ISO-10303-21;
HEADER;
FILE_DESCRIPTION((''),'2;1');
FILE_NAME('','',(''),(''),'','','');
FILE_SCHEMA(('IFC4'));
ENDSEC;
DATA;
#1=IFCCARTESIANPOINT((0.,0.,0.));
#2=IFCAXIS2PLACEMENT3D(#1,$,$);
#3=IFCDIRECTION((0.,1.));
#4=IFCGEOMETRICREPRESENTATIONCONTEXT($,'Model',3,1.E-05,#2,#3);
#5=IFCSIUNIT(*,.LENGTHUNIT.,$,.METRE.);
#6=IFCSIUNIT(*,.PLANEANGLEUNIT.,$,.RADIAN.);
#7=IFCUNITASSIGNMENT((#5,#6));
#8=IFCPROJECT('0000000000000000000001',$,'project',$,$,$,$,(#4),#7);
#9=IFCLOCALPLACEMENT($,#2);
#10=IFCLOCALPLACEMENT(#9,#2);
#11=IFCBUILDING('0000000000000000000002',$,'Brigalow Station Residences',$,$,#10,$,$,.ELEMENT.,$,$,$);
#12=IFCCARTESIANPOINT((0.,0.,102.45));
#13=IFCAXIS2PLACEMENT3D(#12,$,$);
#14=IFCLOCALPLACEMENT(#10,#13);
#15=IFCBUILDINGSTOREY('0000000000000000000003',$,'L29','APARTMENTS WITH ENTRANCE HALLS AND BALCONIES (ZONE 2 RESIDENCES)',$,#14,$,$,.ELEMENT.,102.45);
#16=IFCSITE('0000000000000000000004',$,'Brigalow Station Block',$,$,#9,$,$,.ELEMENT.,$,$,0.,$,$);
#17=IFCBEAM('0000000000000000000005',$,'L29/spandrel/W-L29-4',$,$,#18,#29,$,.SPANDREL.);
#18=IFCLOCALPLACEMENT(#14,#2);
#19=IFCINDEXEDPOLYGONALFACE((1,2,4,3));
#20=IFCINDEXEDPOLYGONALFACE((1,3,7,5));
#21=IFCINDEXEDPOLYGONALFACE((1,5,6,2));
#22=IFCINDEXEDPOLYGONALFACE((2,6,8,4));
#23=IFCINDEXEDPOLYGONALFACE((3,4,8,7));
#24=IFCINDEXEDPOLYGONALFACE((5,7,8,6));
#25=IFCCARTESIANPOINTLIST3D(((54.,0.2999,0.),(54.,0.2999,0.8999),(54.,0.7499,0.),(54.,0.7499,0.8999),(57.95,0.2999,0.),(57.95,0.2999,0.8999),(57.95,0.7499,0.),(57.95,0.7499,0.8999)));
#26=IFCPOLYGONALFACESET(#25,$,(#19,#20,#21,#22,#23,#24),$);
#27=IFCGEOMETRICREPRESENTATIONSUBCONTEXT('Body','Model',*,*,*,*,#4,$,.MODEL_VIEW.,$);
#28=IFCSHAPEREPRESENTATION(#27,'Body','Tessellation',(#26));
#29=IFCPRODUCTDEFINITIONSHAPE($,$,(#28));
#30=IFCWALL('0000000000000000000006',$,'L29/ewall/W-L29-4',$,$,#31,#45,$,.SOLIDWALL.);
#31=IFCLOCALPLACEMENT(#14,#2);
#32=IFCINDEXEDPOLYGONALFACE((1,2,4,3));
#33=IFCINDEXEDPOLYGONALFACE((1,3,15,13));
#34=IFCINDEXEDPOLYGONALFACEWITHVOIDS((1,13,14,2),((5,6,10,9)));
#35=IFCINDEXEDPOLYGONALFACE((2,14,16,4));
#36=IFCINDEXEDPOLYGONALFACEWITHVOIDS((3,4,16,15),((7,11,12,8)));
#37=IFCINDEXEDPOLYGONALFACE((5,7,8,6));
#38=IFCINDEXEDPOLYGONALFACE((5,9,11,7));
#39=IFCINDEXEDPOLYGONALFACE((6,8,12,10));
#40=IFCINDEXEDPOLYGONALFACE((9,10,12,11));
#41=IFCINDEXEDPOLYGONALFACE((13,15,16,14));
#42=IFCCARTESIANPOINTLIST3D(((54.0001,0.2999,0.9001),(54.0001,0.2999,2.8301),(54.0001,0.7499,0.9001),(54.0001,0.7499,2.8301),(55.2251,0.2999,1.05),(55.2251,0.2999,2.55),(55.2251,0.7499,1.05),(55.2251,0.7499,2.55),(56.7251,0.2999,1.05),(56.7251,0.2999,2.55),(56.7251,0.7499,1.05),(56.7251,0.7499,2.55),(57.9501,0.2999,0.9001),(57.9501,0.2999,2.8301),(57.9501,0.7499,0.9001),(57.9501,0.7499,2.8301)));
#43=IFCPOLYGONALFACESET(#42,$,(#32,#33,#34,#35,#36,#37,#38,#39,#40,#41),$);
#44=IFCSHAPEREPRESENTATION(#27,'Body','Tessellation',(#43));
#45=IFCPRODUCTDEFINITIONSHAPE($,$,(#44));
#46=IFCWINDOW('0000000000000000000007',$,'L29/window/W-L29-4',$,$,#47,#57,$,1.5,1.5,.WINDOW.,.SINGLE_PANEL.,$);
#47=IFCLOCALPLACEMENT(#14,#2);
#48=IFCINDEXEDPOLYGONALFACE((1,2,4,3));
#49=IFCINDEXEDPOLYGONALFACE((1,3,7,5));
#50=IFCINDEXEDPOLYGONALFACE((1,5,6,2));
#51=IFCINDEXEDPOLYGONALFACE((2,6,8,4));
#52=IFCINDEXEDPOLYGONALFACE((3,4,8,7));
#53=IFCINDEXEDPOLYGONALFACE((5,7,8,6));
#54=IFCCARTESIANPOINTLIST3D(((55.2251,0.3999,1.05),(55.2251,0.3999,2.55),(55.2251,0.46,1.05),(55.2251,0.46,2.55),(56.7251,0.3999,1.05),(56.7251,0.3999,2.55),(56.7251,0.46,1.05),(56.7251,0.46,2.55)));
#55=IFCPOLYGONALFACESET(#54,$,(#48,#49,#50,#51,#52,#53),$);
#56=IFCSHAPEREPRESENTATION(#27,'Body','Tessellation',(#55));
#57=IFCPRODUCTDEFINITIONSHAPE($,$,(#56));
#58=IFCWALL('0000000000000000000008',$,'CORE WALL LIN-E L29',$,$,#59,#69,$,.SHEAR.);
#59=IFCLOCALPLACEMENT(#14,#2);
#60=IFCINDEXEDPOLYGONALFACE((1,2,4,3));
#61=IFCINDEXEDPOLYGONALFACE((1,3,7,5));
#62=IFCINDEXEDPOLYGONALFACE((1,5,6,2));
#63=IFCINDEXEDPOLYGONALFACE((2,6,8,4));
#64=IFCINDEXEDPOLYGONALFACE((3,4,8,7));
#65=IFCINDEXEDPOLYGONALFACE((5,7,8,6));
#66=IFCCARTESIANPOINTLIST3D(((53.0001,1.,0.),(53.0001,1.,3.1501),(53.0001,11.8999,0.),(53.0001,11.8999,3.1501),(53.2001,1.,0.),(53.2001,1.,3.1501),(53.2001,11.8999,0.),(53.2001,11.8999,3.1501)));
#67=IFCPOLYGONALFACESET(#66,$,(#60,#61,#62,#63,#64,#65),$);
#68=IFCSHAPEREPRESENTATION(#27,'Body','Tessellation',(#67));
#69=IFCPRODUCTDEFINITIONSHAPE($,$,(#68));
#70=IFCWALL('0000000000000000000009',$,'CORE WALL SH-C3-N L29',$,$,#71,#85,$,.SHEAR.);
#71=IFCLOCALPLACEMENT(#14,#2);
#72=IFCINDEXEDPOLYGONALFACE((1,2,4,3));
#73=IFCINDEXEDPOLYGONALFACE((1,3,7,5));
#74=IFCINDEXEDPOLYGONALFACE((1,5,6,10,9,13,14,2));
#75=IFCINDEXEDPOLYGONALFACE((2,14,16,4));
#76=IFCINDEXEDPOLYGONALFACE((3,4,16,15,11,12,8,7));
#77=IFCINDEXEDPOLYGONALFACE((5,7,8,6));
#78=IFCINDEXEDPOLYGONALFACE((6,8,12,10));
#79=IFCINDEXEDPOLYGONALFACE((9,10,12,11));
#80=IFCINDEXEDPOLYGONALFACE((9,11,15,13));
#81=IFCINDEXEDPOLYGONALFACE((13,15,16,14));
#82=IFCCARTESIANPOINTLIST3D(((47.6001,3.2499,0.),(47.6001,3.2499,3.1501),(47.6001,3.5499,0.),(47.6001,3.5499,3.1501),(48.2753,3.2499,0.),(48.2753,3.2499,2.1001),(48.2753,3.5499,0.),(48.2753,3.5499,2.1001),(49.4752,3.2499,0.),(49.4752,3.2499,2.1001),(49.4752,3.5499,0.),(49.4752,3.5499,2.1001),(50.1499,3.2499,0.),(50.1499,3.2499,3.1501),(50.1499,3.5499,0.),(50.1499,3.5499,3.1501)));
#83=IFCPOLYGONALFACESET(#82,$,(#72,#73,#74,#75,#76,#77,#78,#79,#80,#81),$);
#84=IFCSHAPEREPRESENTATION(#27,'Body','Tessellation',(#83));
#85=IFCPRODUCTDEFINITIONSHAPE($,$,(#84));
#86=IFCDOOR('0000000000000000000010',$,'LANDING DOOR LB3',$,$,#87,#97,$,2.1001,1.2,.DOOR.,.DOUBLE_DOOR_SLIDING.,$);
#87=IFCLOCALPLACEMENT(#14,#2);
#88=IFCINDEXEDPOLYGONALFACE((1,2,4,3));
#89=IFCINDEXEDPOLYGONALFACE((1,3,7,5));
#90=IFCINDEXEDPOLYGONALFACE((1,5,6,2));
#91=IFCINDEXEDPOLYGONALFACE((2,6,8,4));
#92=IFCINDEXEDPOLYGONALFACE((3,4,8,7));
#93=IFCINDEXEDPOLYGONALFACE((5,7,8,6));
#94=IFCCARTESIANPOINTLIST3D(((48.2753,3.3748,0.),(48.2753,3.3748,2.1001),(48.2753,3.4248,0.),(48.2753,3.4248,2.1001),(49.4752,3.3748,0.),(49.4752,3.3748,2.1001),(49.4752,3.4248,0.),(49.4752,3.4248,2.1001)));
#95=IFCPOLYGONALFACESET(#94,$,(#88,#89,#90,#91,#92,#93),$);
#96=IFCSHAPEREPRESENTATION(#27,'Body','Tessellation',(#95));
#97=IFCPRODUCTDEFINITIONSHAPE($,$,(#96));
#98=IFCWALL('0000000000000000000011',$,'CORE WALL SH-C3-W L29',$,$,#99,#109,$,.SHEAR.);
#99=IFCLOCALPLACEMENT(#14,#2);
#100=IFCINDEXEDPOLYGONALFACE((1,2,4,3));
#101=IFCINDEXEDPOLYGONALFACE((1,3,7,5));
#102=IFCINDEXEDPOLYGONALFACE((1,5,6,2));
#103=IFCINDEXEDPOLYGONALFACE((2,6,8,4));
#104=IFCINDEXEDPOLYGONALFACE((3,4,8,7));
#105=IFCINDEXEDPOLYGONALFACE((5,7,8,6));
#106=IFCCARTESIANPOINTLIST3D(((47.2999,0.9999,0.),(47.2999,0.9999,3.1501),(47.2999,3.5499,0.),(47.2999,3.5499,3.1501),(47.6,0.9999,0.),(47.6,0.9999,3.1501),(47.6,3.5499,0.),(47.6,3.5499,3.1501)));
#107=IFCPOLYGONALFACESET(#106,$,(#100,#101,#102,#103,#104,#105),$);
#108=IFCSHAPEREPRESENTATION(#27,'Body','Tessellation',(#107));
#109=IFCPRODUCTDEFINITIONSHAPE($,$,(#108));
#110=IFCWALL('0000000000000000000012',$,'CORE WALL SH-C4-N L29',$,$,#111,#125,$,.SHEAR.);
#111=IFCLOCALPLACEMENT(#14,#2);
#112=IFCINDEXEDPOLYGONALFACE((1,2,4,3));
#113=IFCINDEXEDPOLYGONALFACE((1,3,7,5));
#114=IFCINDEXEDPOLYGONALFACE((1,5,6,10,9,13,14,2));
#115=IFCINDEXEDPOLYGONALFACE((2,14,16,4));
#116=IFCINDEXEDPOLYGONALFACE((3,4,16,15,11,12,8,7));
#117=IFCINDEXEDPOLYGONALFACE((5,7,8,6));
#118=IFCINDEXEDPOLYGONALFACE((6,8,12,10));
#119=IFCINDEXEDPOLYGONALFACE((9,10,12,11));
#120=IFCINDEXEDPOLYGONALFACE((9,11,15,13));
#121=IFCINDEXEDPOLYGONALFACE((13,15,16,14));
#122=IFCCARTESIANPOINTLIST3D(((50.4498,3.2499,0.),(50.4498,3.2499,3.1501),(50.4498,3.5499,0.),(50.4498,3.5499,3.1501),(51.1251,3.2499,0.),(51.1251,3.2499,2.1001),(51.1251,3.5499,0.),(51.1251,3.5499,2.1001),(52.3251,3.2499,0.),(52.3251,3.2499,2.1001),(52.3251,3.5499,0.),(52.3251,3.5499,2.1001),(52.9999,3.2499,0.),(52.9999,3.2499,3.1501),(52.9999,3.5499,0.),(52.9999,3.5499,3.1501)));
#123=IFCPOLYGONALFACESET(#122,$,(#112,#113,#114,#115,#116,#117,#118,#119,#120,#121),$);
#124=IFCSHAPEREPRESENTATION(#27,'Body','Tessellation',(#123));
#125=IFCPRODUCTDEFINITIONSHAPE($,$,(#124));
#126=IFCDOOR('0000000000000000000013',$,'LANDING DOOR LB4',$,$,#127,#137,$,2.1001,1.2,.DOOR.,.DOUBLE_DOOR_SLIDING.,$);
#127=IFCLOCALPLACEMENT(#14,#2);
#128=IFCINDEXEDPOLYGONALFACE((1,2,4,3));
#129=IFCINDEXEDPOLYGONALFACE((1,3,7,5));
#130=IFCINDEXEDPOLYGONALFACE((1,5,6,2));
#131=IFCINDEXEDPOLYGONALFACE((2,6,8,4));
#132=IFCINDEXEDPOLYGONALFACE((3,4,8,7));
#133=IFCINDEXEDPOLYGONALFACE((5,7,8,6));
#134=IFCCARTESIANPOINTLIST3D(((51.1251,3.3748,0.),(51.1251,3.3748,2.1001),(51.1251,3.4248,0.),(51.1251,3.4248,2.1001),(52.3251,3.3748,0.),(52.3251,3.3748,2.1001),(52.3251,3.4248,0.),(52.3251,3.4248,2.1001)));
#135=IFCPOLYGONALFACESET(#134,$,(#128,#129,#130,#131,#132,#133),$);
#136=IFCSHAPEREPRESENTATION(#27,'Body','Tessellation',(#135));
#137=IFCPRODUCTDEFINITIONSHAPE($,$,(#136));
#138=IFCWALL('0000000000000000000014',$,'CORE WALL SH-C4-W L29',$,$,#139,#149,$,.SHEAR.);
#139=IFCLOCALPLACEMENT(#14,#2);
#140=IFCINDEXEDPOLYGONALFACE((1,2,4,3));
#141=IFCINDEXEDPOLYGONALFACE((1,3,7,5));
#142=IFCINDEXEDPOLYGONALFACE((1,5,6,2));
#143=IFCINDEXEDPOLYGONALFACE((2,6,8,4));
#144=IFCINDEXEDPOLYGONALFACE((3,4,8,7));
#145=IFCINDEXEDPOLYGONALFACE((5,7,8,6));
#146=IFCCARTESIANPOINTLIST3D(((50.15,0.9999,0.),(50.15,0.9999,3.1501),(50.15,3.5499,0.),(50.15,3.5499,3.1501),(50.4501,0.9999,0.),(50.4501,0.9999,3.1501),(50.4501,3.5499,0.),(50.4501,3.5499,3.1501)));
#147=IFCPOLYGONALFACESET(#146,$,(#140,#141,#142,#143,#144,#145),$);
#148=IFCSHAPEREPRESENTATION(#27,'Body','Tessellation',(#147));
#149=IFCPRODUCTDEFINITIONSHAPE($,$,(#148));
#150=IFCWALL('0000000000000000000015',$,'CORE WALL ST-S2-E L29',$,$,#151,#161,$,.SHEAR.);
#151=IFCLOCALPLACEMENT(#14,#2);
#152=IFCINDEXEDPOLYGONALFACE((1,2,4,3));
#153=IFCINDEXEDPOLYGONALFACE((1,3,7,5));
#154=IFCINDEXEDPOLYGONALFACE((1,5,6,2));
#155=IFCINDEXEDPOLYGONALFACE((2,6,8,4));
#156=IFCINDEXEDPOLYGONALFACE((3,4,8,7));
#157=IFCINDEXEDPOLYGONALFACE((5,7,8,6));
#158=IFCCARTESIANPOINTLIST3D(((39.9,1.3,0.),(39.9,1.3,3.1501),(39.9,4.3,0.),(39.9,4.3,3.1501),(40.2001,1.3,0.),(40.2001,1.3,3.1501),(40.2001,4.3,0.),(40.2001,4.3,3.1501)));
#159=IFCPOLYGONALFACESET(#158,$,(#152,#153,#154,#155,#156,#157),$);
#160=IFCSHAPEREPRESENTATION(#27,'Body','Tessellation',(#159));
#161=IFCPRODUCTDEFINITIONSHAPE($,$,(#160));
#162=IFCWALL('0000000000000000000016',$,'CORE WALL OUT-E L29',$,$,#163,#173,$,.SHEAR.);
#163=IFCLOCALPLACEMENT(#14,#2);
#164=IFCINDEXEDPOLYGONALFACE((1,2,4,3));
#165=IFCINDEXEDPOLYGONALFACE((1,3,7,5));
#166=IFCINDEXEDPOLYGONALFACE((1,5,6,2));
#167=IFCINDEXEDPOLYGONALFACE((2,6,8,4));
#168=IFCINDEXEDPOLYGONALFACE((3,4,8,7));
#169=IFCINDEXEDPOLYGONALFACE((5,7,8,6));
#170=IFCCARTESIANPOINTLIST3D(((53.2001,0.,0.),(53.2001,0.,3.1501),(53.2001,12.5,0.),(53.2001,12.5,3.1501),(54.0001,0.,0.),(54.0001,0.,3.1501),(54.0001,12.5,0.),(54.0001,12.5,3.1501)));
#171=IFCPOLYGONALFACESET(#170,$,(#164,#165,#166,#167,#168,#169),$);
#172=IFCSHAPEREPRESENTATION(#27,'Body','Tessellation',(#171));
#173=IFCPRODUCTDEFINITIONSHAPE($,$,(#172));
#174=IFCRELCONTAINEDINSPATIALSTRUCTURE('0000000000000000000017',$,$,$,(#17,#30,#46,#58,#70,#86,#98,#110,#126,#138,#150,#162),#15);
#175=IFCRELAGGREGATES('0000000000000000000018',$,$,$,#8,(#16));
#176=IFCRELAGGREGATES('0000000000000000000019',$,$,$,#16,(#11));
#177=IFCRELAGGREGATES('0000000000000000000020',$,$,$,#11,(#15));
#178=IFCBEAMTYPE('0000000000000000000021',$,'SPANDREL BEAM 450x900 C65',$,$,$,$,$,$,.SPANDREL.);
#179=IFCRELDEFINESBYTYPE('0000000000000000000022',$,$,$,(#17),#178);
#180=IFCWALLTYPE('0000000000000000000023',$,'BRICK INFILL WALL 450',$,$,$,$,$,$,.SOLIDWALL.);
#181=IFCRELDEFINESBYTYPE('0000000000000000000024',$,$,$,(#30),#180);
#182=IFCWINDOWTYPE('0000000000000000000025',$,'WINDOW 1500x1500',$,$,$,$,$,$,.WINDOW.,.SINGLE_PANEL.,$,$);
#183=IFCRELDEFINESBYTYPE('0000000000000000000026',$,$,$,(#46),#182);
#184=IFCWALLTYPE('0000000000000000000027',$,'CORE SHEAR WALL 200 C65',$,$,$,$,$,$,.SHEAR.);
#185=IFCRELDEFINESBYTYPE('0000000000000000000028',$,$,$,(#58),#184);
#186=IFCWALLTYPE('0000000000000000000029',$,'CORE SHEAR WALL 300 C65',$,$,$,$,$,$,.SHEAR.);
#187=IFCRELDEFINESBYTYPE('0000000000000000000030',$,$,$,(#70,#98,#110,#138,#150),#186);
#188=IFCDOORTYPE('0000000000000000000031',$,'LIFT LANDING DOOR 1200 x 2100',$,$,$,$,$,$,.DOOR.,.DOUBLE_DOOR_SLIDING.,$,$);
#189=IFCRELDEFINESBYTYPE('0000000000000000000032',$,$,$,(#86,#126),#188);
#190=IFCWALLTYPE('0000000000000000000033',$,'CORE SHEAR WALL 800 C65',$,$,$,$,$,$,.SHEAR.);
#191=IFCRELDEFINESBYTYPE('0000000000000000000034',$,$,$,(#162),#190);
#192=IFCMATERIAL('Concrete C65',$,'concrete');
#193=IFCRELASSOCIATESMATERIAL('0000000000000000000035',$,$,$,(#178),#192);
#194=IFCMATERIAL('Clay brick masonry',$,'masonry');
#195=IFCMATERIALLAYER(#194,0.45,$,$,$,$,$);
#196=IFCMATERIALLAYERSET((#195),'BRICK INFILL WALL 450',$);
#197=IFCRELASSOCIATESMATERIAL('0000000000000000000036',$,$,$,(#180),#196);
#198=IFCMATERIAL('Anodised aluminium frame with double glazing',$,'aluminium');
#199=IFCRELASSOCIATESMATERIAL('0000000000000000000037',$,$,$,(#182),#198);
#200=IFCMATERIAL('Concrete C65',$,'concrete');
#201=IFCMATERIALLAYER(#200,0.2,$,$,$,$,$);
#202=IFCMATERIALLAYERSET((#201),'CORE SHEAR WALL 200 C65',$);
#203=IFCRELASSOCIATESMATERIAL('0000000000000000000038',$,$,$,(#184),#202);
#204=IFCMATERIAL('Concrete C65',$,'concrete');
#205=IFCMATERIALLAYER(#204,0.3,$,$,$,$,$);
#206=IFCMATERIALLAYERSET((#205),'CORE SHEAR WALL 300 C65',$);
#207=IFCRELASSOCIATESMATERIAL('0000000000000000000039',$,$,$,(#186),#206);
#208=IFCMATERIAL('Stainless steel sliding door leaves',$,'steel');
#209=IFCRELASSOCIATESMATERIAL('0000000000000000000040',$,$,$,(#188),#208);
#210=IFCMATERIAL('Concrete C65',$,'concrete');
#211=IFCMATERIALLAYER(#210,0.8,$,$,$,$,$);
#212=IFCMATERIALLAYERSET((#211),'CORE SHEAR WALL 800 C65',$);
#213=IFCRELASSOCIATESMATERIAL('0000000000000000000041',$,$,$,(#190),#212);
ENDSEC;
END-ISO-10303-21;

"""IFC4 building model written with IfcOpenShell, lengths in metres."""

from ifc_helpers import new_model, si_unit, direction, frame, frame_2d, origin, origin_2d, place, context, subcontext, project, spatial, rectangle, extrude, material, layer, layer_set, material_profile, profile_set, type_object, element, fill, save


model = new_model("IFC4")

# Units and contexts
model_context = context("Model", 3, precision=1e-05, world=origin(), true_north=direction((0.0, 1.0)))
body_context = subcontext(model_context, "Body", "Model", "MODEL_VIEW")
ifc_project = project(units=[si_unit("LENGTHUNIT", "METRE"), si_unit("PLANEANGLEUNIT", "RADIAN")], contexts=[model_context])

# Site, building, storey
site_placement = place(None, origin())
site = spatial("IfcSite", under=ifc_project, at=site_placement, Name="Brigalow Station Block", CompositionType="ELEMENT", RefElevation=0.0)
building_placement = place(site_placement, origin())
building = spatial("IfcBuilding", under=site, at=building_placement, Name="Brigalow Station Residences", CompositionType="ELEMENT")
storey_placement = place(building_placement, frame((0.0, 0.0, 102.45)))
storey = spatial("IfcBuildingStorey", under=building, at=storey_placement, Name="L29", Description="APARTMENTS WITH ENTRANCE HALLS AND BALCONIES (ZONE 2 RESIDENCES)", CompositionType="ELEMENT", Elevation=102.45)

# Beam
ifc_material_1 = material(Name="Concrete C65", Category="concrete")
ifc_material_profile = material_profile(ifc_material_1, rectangle(XDim=0.45, YDim=0.8999, at=origin_2d()), Name="RC450x900")
ifc_profile_set = profile_set([ifc_material_profile], Name="Concrete C65")
beam_type = type_object("IfcBeamType", Name="SPANDREL BEAM 450x900 C65", PredefinedType="SPANDREL", material=ifc_profile_set)
beam_placement = place(storey_placement, frame((54.0, 0.5249, 0.45), z_axis=(1.0, 0.0, 0.0), x_axis=(0.0, 1.0, 0.0)))
element("IfcBeam", 1, at=beam_placement, inside=storey, type_object=beam_type, Name="L29/spandrel/W-L29-4", PredefinedType="SPANDREL", context=body_context, shape_type="SweptSolid", body=[
    extrude(rectangle(XDim=0.45, YDim=0.8999, at=origin_2d()), origin(), (0.0, 0.0, 1.0), 3.95),
])

# Wall, opening, window
ifc_material_2 = material(Name="Clay brick masonry", Category="masonry")
ifc_layer_1 = layer(ifc_material_2, 0.45)
ifc_layer_set_1 = layer_set([ifc_layer_1], Name="BRICK INFILL WALL 450")
wall_type_1 = type_object("IfcWallType", Name="BRICK INFILL WALL 450", PredefinedType="SOLIDWALL", material=ifc_layer_set_1)
wall_1_placement = place(storey_placement, frame((54.0, 0.5249, 0.9001), z_axis=(0.0, 0.0, 1.0), x_axis=(1.0, 0.0, 0.0)))
wall_1 = element("IfcWall", 2, at=wall_1_placement, inside=storey, type_object=wall_type_1, Name="L29/ewall/W-L29-4", PredefinedType="SOLIDWALL", context=body_context, shape_type="SweptSolid", body=[
    extrude(rectangle(XDim=3.95, YDim=0.45, at=frame_2d((1.9751, 0.0))), origin(), (0.0, 0.0, 1.0), 1.9299),
])
opening_1_placement = place(wall_1_placement, frame((1.2251, 0.0, 0.1499)))
opening_1 = element("IfcOpeningElement", 3, at=opening_1_placement, cuts=wall_1, PredefinedType="OPENING", context=body_context, shape_type="SweptSolid", body=[
    extrude(rectangle(XDim=1.5, YDim=1.5, at=frame_2d((0.75, 0.75))), frame((0.0, 0.2349, 0.0), z_axis=(0.0, -1.0, 0.0), x_axis=(1.0, 0.0, 0.0)), (0.0, 0.0, 1.0), 0.47),
])
ifc_material_3 = material(Name="Anodised aluminium frame with double glazing", Category="aluminium")
window_type = type_object("IfcWindowType", Name="WINDOW 1500x1500", PartitioningType="SINGLE_PANEL", PredefinedType="WINDOW", material=ifc_material_3)
window_placement = place(opening_1_placement, origin())
window = element("IfcWindow", 4, at=window_placement, inside=storey, type_object=window_type, Name="L29/window/W-L29-4", OverallHeight=1.5, OverallWidth=1.5, PartitioningType="SINGLE_PANEL", PredefinedType="WINDOW", context=body_context, shape_type="SweptSolid", body=[
    extrude(rectangle(XDim=1.5, YDim=1.5, at=frame_2d((0.75, 0.75))), frame((0.0, -0.0649, 0.0), z_axis=(0.0, -1.0, 0.0), x_axis=(1.0, 0.0, 0.0)), (0.0, 0.0, 1.0), 0.0601),
])
fill(opening_1, window)

# Wall
ifc_material_4 = material(Name="Concrete C65", Category="concrete")
ifc_layer_2 = layer(ifc_material_4, 0.2)
ifc_layer_set_2 = layer_set([ifc_layer_2], Name="CORE SHEAR WALL 200 C65")
wall_type_2 = type_object("IfcWallType", Name="CORE SHEAR WALL 200 C65", PredefinedType="SHEAR", material=ifc_layer_set_2)
wall_2_placement = place(storey_placement, frame((53.1001, 1.0, 0.0), z_axis=(0.0, 0.0, 1.0), x_axis=(0.0, 1.0, 0.0)))
element("IfcWall", 5, at=wall_2_placement, inside=storey, type_object=wall_type_2, Name="CORE WALL LIN-E L29", PredefinedType="SHEAR", context=body_context, shape_type="SweptSolid", body=[
    extrude(rectangle(XDim=10.8999, YDim=0.2, at=frame_2d((5.45, 0.0))), origin(), (0.0, 0.0, 1.0), 3.1501),
])

# Wall, opening, door
ifc_material_5 = material(Name="Concrete C65", Category="concrete")
ifc_layer_3 = layer(ifc_material_5, 0.3)
ifc_layer_set_3 = layer_set([ifc_layer_3], Name="CORE SHEAR WALL 300 C65")
wall_type_3 = type_object("IfcWallType", Name="CORE SHEAR WALL 300 C65", PredefinedType="SHEAR", material=ifc_layer_set_3)
wall_3_placement = place(storey_placement, frame((47.6001, 3.3999, 0.0), z_axis=(0.0, 0.0, 1.0), x_axis=(1.0, 0.0, 0.0)))
wall_3 = element("IfcWall", 6, at=wall_3_placement, inside=storey, type_object=wall_type_3, Name="CORE WALL SH-C3-N L29", PredefinedType="SHEAR", context=body_context, shape_type="SweptSolid", body=[
    extrude(rectangle(XDim=2.5498, YDim=0.3, at=frame_2d((1.2749, 0.0))), origin(), (0.0, 0.0, 1.0), 3.1501),
])
opening_2_placement = place(wall_3_placement, frame((0.675, 0.0, 0.0)))
opening_2 = element("IfcOpeningElement", 7, at=opening_2_placement, cuts=wall_3, PredefinedType="OPENING", context=body_context, shape_type="SweptSolid", body=[
    extrude(rectangle(XDim=1.2, YDim=2.1001, at=frame_2d((0.6001, 1.05))), frame((0.0, 0.1602, 0.0), z_axis=(0.0, -1.0, 0.0), x_axis=(1.0, 0.0, 0.0)), (0.0, 0.0, 1.0), 0.3201),
])
ifc_material_6 = material(Name="Stainless steel sliding door leaves", Category="steel")
door_type_1 = type_object("IfcDoorType", Name="LIFT LANDING DOOR 1200 x 2100", OperationType="DOUBLE_DOOR_SLIDING", PredefinedType="DOOR", material=ifc_material_6)
door_1_placement = place(opening_2_placement, origin())
door_1 = element("IfcDoor", 8, at=door_1_placement, inside=storey, type_object=door_type_1, Name="LANDING DOOR LB3", OperationType="DOUBLE_DOOR_SLIDING", OverallHeight=2.1001, OverallWidth=1.2, PredefinedType="DOOR", context=body_context, shape_type="SweptSolid", body=[
    extrude(rectangle(XDim=1.2, YDim=2.1001, at=frame_2d((0.6001, 1.05))), frame((0.0, 0.0249, 0.0), z_axis=(0.0, -1.0, 0.0), x_axis=(1.0, 0.0, 0.0)), (0.0, 0.0, 1.0), 0.05),
])
fill(opening_2, door_1)

# Wall
wall_4_placement = place(storey_placement, frame((47.45, 1.0, 0.0), z_axis=(0.0, 0.0, 1.0), x_axis=(0.0, 1.0, 0.0)))
element("IfcWall", 9, at=wall_4_placement, inside=storey, type_object=wall_type_3, Name="CORE WALL SH-C3-W L29", PredefinedType="SHEAR", context=body_context, shape_type="SweptSolid", body=[
    extrude(rectangle(XDim=2.55, YDim=0.3, at=frame_2d((1.2749, 0.0))), origin(), (0.0, 0.0, 1.0), 3.1501),
])

# Wall, opening, door
wall_5_placement = place(storey_placement, frame((50.45, 3.3999, 0.0), z_axis=(0.0, 0.0, 1.0), x_axis=(1.0, 0.0, 0.0)))
wall_5 = element("IfcWall", 10, at=wall_5_placement, inside=storey, type_object=wall_type_3, Name="CORE WALL SH-C4-N L29", PredefinedType="SHEAR", context=body_context, shape_type="SweptSolid", body=[
    extrude(rectangle(XDim=2.55, YDim=0.3, at=frame_2d((1.2749, 0.0))), origin(), (0.0, 0.0, 1.0), 3.1501),
])
opening_3_placement = place(wall_5_placement, frame((0.675, 0.0, 0.0)))
opening_3 = element("IfcOpeningElement", 11, at=opening_3_placement, cuts=wall_5, PredefinedType="OPENING", context=body_context, shape_type="SweptSolid", body=[
    extrude(rectangle(XDim=1.2, YDim=2.1001, at=frame_2d((0.6001, 1.05))), frame((0.0, 0.1602, 0.0), z_axis=(0.0, -1.0, 0.0), x_axis=(1.0, 0.0, 0.0)), (0.0, 0.0, 1.0), 0.3201),
])
door_2_placement = place(opening_3_placement, origin())
door_2 = element("IfcDoor", 12, at=door_2_placement, inside=storey, type_object=door_type_1, Name="LANDING DOOR LB4", OperationType="DOUBLE_DOOR_SLIDING", OverallHeight=2.1001, OverallWidth=1.2, PredefinedType="DOOR", context=body_context, shape_type="SweptSolid", body=[
    extrude(rectangle(XDim=1.2, YDim=2.1001, at=frame_2d((0.6001, 1.05))), frame((0.0, 0.0249, 0.0), z_axis=(0.0, -1.0, 0.0), x_axis=(1.0, 0.0, 0.0)), (0.0, 0.0, 1.0), 0.05),
])
fill(opening_3, door_2)

# Walls
wall_6_placement = place(storey_placement, frame((50.3, 1.0, 0.0), z_axis=(0.0, 0.0, 1.0), x_axis=(0.0, 1.0, 0.0)))
element("IfcWall", 13, at=wall_6_placement, inside=storey, type_object=wall_type_3, Name="CORE WALL SH-C4-W L29", PredefinedType="SHEAR", context=body_context, shape_type="SweptSolid", body=[
    extrude(rectangle(XDim=2.55, YDim=0.3, at=frame_2d((1.2749, 0.0))), origin(), (0.0, 0.0, 1.0), 3.1501),
])
wall_7_placement = place(storey_placement, frame((40.05, 1.3, 0.0), z_axis=(0.0, 0.0, 1.0), x_axis=(0.0, 1.0, 0.0)))
element("IfcWall", 14, at=wall_7_placement, inside=storey, type_object=wall_type_3, Name="CORE WALL ST-S2-E L29", PredefinedType="SHEAR", context=body_context, shape_type="SweptSolid", body=[
    extrude(rectangle(XDim=3.0, YDim=0.3, at=frame_2d((1.5, 0.0))), origin(), (0.0, 0.0, 1.0), 3.1501),
])
ifc_material_7 = material(Name="Concrete C65", Category="concrete")
ifc_layer_4 = layer(ifc_material_7, 0.8)
ifc_layer_set_4 = layer_set([ifc_layer_4], Name="CORE SHEAR WALL 800 C65")
wall_type_4 = type_object("IfcWallType", Name="CORE SHEAR WALL 800 C65", PredefinedType="SHEAR", material=ifc_layer_set_4)
wall_8_placement = place(storey_placement, frame((53.6001, 0.0, 0.0), z_axis=(0.0, 0.0, 1.0), x_axis=(0.0, 1.0, 0.0)))
element("IfcWall", 15, at=wall_8_placement, inside=storey, type_object=wall_type_4, Name="CORE WALL OUT-E L29", PredefinedType="SHEAR", context=body_context, shape_type="SweptSolid", body=[
    extrude(rectangle(XDim=12.5, YDim=0.8, at=frame_2d((6.25, 0.0))), origin(), (0.0, 0.0, 1.0), 3.1501),
])

save(model, "model.ifc")
